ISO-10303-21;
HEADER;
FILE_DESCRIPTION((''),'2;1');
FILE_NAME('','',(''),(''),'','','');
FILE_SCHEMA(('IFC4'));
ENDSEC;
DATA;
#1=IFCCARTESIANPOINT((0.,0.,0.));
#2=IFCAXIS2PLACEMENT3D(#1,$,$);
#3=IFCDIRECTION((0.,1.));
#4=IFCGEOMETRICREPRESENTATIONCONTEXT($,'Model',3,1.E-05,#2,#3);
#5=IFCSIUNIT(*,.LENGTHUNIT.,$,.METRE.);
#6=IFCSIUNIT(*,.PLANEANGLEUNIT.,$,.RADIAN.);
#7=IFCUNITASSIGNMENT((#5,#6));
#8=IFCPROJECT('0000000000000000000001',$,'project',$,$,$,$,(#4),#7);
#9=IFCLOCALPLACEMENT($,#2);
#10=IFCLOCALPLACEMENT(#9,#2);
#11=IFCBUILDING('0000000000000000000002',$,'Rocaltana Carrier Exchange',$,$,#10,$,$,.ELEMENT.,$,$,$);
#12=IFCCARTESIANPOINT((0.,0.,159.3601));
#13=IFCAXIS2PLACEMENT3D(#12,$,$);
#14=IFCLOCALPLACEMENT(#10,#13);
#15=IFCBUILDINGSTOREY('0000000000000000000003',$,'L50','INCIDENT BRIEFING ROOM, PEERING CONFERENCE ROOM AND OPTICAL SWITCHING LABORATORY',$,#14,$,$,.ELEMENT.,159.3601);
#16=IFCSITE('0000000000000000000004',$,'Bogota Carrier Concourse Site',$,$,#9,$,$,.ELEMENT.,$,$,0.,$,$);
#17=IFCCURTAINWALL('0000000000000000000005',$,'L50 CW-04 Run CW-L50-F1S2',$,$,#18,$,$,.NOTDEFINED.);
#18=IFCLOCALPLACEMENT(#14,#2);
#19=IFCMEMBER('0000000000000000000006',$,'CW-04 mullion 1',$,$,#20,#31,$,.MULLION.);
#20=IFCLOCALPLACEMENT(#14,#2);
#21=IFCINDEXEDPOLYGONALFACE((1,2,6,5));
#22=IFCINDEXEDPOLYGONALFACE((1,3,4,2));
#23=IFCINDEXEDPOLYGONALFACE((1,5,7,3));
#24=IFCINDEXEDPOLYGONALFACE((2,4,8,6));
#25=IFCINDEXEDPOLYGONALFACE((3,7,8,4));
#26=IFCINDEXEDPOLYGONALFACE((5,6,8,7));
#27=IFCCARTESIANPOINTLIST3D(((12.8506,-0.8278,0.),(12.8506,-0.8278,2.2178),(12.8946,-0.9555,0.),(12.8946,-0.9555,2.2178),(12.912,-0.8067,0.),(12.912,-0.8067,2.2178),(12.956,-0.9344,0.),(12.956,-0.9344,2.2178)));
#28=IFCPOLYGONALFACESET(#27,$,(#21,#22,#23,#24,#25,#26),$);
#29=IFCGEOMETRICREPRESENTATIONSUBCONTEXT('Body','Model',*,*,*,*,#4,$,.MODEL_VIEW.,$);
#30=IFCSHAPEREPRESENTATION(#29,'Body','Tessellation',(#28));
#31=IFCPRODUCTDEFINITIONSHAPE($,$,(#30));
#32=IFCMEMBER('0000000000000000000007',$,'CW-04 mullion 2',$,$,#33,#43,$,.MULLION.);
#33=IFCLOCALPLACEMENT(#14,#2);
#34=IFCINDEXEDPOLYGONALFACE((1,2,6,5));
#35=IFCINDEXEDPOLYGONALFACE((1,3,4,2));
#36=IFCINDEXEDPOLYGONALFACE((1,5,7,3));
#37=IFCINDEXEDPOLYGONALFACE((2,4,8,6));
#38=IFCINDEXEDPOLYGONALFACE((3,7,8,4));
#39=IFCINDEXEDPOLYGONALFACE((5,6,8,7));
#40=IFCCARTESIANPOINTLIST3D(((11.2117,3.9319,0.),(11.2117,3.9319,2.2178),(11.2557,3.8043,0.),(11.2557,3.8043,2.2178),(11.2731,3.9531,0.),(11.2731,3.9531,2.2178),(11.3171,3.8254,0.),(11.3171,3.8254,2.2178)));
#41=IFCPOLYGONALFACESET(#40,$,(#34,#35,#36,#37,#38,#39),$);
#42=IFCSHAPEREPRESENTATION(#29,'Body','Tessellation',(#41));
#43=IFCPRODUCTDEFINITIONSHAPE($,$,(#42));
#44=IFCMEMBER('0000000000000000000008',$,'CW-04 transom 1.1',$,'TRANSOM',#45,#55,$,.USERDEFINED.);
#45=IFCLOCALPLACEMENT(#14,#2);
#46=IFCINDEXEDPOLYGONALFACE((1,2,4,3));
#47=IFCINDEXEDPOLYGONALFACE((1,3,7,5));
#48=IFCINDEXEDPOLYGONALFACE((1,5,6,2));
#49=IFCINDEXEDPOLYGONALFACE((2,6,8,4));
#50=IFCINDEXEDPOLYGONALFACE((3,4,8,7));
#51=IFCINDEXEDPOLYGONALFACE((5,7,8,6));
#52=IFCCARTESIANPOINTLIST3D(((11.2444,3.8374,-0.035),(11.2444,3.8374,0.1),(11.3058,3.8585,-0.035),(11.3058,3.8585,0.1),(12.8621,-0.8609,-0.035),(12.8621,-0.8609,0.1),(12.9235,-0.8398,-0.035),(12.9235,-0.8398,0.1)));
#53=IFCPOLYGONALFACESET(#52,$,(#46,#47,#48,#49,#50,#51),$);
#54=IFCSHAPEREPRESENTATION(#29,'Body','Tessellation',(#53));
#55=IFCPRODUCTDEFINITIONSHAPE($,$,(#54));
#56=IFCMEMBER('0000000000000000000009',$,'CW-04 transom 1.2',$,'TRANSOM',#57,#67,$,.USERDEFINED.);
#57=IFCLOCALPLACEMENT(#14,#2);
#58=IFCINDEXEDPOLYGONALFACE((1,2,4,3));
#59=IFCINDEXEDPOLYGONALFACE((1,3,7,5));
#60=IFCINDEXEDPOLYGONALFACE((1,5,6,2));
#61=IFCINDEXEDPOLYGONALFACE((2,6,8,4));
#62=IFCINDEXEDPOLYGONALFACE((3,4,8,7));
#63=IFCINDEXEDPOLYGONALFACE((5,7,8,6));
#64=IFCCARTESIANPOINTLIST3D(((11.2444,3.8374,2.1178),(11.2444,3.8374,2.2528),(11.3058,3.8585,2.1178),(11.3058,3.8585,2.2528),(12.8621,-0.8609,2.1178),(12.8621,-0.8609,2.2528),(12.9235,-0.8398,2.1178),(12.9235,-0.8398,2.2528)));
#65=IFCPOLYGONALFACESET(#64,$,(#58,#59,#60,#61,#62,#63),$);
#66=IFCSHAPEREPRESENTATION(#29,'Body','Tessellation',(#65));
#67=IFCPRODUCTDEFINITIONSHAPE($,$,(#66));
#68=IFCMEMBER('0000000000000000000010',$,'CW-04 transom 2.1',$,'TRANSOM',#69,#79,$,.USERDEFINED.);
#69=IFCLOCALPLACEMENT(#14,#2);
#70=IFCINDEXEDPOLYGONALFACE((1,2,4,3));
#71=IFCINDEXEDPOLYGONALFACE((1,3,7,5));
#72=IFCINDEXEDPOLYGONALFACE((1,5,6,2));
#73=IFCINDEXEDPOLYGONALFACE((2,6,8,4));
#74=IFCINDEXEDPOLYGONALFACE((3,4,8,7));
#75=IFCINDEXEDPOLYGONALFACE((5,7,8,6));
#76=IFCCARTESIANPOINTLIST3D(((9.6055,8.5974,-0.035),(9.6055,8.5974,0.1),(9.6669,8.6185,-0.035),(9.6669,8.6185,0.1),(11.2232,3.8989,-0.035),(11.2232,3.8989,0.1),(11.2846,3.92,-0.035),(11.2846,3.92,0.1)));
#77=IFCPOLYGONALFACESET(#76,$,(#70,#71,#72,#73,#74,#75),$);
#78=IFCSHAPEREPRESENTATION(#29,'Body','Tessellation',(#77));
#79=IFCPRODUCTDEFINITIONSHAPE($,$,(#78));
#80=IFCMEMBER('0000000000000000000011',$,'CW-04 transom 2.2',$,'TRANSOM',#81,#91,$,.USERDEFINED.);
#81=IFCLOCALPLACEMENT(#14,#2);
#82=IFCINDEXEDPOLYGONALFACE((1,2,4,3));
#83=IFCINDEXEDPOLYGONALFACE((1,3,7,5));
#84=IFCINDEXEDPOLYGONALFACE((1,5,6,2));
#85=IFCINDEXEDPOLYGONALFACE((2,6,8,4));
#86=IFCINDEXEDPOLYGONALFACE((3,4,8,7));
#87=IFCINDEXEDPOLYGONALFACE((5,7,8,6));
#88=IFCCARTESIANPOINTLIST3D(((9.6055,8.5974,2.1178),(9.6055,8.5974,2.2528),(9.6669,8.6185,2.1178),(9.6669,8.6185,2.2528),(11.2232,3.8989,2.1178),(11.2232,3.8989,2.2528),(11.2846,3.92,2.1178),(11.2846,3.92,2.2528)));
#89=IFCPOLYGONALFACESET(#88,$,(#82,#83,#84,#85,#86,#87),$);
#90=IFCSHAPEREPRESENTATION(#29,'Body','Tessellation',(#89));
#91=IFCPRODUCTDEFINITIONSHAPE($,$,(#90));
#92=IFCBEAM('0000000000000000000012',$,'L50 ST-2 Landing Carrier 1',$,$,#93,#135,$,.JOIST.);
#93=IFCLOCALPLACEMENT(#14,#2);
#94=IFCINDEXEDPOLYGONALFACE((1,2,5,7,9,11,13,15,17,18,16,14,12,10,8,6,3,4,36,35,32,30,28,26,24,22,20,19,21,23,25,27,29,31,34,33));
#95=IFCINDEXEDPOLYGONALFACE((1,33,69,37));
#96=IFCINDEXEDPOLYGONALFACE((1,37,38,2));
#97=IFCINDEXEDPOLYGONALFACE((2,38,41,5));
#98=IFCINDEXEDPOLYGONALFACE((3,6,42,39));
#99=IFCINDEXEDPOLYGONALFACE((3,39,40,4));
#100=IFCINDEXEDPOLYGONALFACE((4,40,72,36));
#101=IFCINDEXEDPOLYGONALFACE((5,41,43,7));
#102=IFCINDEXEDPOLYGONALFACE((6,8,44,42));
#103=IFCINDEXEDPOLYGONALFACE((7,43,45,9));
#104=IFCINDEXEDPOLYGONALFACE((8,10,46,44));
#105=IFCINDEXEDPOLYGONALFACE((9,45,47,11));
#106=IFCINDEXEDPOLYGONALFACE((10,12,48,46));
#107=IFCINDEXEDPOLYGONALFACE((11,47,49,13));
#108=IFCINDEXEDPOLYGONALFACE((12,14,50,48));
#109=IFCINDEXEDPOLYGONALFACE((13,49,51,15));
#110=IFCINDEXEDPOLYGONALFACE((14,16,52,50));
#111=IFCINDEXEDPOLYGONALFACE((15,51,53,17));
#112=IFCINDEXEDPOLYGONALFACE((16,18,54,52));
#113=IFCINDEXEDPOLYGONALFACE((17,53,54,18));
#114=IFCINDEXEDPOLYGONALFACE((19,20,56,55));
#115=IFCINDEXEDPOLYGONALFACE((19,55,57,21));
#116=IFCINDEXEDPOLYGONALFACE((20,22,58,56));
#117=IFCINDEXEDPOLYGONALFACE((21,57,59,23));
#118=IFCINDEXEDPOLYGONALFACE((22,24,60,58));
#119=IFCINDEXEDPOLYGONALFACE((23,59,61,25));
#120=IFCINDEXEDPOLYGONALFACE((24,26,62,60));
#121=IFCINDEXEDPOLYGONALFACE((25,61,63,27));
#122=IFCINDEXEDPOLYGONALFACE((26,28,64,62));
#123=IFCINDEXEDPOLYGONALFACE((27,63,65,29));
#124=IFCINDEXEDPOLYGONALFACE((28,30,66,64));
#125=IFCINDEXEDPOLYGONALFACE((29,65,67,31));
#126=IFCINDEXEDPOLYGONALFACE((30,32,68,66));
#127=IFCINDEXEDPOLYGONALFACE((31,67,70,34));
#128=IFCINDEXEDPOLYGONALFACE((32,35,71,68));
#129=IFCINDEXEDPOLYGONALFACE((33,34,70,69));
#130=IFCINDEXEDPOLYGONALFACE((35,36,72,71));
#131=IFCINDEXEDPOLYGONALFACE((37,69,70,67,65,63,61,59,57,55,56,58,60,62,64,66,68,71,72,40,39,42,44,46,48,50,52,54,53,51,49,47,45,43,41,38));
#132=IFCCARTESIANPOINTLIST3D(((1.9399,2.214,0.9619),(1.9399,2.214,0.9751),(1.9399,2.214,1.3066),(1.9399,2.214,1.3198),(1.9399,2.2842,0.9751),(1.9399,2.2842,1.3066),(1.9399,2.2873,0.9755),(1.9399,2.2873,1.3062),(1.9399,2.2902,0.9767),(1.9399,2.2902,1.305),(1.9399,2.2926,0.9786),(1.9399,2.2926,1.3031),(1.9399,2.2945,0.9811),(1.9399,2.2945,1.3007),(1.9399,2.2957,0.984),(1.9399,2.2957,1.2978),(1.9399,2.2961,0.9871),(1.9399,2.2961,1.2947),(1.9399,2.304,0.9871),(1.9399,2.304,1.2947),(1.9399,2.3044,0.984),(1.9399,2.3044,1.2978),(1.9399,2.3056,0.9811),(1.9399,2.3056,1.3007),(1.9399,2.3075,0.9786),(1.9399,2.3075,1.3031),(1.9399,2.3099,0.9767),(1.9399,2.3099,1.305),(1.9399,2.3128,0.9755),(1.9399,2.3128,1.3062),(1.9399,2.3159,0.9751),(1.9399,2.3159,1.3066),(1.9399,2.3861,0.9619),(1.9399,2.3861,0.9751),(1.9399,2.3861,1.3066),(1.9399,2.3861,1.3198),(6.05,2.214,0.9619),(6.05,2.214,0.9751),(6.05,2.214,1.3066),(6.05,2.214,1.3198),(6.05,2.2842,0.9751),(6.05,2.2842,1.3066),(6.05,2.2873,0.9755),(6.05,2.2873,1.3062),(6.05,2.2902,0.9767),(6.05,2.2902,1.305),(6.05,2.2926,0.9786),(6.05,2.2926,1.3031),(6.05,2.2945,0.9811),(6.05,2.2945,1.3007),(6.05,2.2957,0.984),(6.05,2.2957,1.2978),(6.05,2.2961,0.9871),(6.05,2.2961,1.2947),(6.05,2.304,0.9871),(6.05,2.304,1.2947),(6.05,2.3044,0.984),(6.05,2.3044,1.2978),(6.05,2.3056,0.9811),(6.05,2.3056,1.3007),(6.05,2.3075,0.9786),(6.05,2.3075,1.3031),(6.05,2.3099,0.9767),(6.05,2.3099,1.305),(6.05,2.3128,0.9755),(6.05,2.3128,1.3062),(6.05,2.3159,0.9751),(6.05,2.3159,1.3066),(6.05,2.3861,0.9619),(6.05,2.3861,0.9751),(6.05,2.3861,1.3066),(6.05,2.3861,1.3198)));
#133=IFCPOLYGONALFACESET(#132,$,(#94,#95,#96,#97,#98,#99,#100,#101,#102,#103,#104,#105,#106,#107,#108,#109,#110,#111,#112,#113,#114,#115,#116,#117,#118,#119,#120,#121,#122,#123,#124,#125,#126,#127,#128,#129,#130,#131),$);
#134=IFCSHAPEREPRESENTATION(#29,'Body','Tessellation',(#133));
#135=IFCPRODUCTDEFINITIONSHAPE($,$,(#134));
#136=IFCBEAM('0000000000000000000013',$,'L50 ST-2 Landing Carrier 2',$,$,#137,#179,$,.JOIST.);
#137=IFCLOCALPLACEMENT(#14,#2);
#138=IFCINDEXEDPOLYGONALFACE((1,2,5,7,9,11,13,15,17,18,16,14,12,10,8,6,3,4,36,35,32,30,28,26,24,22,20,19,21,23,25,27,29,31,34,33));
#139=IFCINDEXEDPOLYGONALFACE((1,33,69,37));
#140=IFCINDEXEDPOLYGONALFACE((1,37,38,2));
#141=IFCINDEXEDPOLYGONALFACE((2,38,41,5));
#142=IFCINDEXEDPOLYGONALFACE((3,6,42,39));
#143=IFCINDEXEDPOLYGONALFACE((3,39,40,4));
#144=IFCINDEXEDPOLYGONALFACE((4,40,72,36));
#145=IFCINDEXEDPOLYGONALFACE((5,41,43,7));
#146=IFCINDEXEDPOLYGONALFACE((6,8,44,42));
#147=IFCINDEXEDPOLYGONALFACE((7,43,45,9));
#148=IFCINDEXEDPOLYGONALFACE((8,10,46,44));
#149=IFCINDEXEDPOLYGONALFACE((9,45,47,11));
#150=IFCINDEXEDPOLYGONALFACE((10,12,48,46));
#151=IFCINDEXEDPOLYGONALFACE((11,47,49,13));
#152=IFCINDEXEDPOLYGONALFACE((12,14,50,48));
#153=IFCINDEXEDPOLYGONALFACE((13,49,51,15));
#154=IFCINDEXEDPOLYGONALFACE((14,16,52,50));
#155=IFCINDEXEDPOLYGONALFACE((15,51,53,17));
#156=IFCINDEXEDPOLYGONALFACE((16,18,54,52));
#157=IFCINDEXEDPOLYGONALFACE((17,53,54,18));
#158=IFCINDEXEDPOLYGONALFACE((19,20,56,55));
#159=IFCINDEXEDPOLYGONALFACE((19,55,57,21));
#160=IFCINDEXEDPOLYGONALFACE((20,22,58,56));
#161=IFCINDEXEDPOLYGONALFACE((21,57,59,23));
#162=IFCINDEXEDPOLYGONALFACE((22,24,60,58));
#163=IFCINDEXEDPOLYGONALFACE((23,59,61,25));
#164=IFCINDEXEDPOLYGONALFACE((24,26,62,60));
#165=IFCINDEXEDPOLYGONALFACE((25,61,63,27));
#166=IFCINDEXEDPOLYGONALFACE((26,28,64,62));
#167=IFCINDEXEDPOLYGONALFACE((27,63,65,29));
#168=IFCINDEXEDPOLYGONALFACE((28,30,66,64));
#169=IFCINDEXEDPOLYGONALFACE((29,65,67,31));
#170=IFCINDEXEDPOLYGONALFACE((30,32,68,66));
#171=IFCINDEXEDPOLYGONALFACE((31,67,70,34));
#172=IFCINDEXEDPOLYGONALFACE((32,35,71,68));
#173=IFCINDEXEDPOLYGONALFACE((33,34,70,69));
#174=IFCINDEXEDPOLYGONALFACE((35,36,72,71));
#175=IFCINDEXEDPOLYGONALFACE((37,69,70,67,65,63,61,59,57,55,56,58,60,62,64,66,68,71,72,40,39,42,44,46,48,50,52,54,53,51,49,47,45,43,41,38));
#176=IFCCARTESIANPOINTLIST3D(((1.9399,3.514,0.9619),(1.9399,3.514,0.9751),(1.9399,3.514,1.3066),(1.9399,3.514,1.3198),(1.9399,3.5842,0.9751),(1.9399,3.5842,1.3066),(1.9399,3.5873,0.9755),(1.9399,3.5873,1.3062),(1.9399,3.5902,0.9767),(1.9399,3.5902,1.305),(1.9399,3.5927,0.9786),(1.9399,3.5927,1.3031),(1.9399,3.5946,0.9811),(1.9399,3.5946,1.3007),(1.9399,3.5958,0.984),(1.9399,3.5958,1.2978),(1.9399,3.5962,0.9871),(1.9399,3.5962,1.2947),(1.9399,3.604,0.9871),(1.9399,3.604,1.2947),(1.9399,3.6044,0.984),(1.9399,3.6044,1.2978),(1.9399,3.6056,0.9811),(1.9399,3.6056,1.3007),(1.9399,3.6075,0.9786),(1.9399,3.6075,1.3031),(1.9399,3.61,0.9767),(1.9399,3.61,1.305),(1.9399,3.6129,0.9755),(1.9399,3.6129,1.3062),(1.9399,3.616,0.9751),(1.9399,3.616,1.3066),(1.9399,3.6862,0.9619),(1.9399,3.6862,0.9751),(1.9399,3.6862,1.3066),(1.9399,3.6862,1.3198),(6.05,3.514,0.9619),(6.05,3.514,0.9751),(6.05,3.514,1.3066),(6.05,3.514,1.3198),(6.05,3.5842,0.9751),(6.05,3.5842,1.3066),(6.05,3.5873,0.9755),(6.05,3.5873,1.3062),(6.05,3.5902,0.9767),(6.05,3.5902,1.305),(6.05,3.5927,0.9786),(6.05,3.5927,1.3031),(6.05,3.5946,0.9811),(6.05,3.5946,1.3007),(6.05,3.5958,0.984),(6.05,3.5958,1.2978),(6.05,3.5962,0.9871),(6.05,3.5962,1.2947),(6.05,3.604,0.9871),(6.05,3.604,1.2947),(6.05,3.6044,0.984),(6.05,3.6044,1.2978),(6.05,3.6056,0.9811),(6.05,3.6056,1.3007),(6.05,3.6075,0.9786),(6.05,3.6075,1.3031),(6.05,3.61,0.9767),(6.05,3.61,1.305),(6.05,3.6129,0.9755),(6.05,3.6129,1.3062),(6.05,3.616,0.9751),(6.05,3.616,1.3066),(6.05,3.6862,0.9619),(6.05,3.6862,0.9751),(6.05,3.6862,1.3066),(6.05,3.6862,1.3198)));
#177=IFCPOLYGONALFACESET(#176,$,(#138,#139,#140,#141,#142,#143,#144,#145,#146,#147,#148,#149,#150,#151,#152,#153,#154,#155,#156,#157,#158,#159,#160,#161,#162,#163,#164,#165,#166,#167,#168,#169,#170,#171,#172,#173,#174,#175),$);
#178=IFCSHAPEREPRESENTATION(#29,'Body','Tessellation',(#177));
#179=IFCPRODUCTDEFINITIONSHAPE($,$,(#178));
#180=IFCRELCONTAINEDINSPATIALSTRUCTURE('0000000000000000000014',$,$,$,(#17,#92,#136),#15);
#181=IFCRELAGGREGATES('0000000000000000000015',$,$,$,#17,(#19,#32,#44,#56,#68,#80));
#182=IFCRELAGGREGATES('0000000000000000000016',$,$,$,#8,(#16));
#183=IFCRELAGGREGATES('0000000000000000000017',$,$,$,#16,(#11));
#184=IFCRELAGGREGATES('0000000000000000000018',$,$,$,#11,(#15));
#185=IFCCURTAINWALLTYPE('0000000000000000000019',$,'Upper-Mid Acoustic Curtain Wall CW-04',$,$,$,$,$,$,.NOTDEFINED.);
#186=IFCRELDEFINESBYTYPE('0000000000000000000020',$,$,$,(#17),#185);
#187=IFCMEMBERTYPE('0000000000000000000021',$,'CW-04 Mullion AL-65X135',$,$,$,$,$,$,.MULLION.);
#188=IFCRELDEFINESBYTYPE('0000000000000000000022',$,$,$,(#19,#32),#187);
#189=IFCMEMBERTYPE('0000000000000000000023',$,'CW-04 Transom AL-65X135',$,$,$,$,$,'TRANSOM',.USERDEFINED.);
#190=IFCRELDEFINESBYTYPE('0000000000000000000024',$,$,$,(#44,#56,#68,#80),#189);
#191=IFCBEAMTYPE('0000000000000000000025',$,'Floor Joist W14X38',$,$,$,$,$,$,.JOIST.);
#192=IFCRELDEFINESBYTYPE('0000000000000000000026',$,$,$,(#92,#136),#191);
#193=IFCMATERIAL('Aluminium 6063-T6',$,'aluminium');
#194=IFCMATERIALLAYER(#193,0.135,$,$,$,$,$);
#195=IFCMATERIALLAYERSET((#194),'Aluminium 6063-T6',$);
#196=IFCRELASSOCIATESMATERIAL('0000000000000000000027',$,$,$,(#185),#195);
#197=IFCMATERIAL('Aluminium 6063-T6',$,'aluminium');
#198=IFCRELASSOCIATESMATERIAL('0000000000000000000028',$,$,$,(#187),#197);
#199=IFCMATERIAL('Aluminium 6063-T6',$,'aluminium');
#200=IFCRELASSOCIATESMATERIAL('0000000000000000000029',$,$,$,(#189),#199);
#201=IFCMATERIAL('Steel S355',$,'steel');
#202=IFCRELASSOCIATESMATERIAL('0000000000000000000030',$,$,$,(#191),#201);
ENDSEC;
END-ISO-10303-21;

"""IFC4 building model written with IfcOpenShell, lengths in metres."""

from ifc_helpers import new_model, si_unit, direction, frame, origin, origin_2d, place, context, subcontext, project, spatial, rectangle, i_section, extrude, material, layer, layer_set, material_profile, profile_set, type_object, element, aggregate, save


model = new_model("IFC4")

# Units and contexts
model_context = context("Model", 3, precision=1e-05, world=origin(), true_north=direction((0.0, 1.0)))
body_context = subcontext(model_context, "Body", "Model", "MODEL_VIEW")
ifc_project = project(units=[si_unit("LENGTHUNIT", "METRE"), si_unit("PLANEANGLEUNIT", "RADIAN")], contexts=[model_context])

# Site, building, storey
site_placement = place(None, origin())
site = spatial("IfcSite", under=ifc_project, at=site_placement, Name="Bogota Carrier Concourse Site", CompositionType="ELEMENT", RefElevation=0.0)
building_placement = place(site_placement, origin())
building = spatial("IfcBuilding", under=site, at=building_placement, Name="Rocaltana Carrier Exchange", CompositionType="ELEMENT")
storey_placement = place(building_placement, frame((0.0, 0.0, 159.3601)))
storey = spatial("IfcBuildingStorey", under=building, at=storey_placement, Name="L50", Description="INCIDENT BRIEFING ROOM, PEERING CONFERENCE ROOM AND OPTICAL SWITCHING LABORATORY", CompositionType="ELEMENT", Elevation=159.3601)

# Curtain wall, members
ifc_material_1 = material(Name="Aluminium 6063-T6", Category="aluminium")
ifc_layer_1 = layer(ifc_material_1, 0.135)
ifc_layer_set_1 = layer_set([ifc_layer_1], Name="Aluminium 6063-T6")
curtain_wall_type = type_object("IfcCurtainWallType", Name="Upper-Mid Acoustic Curtain Wall CW-04", PredefinedType="NOTDEFINED", material=ifc_layer_set_1)
curtain_wall_placement = place(storey_placement, origin())
curtain_wall = element("IfcCurtainWall", 1, at=curtain_wall_placement, inside=storey, type_object=curtain_wall_type, Name="L50 CW-04 Run CW-L50-F1S2", PredefinedType="NOTDEFINED")
ifc_material_2 = material(Name="Aluminium 6063-T6", Category="aluminium")
ifc_material_profile_1 = material_profile(ifc_material_2, rectangle(XDim=0.0649, YDim=0.135, at=origin_2d()), Name="AL-65X135")
ifc_profile_set_1 = profile_set([ifc_material_profile_1], Name="Aluminium 6063-T6")
member_type_1 = type_object("IfcMemberType", Name="CW-04 Mullion AL-65X135", PredefinedType="MULLION", material=ifc_profile_set_1)
member_1_placement = place(storey_placement, frame((12.9033, -0.8811, 0.0), z_axis=(0.0, 0.0, 1.0), x_axis=(-0.945521, -0.325562, 0.0)))
member_1 = element("IfcMember", 2, at=member_1_placement, type_object=member_type_1, Name="CW-04 mullion 1", PredefinedType="MULLION", context=body_context, shape_type="SweptSolid", body=[
    extrude(rectangle(XDim=0.0649, YDim=0.135, at=origin_2d()), origin(), (0.0, 0.0, 1.0), 2.2178),
])
member_2_placement = place(storey_placement, frame((11.2644, 3.8787, 0.0), z_axis=(0.0, 0.0, 1.0), x_axis=(-0.945521, -0.325562, 0.0)))
member_2 = element("IfcMember", 3, at=member_2_placement, type_object=member_type_1, Name="CW-04 mullion 2", PredefinedType="MULLION", context=body_context, shape_type="SweptSolid", body=[
    extrude(rectangle(XDim=0.0649, YDim=0.135, at=origin_2d()), origin(), (0.0, 0.0, 1.0), 2.2178),
])
ifc_material_3 = material(Name="Aluminium 6063-T6", Category="aluminium")
ifc_material_profile_2 = material_profile(ifc_material_3, rectangle(XDim=0.0649, YDim=0.135, at=origin_2d()), Name="AL-65X135")
ifc_profile_set_2 = profile_set([ifc_material_profile_2], Name="Aluminium 6063-T6")
member_type_2 = type_object("IfcMemberType", Name="CW-04 Transom AL-65X135", ElementType="TRANSOM", PredefinedType="USERDEFINED", material=ifc_profile_set_2)
member_3_placement = place(storey_placement, frame((12.8928, -0.8503, 0.0325), z_axis=(-0.325558, 0.945522, 0.0), x_axis=(-0.945522, -0.325558, 0.0)))
member_3 = element("IfcMember", 4, at=member_3_placement, type_object=member_type_2, Name="CW-04 transom 1.1", ObjectType="TRANSOM", PredefinedType="USERDEFINED", context=body_context, shape_type="SweptSolid", body=[
    extrude(rectangle(XDim=0.0649, YDim=0.135, at=origin_2d()), origin(), (0.0, 0.0, 1.0), 4.969),
])
member_4_placement = place(storey_placement, frame((12.8928, -0.8503, 2.1853), z_axis=(-0.325558, 0.945522, 0.0), x_axis=(-0.945522, -0.325558, 0.0)))
member_4 = element("IfcMember", 5, at=member_4_placement, type_object=member_type_2, Name="CW-04 transom 1.2", ObjectType="TRANSOM", PredefinedType="USERDEFINED", context=body_context, shape_type="SweptSolid", body=[
    extrude(rectangle(XDim=0.0649, YDim=0.135, at=origin_2d()), origin(), (0.0, 0.0, 1.0), 4.969),
])
member_5_placement = place(storey_placement, frame((11.2539, 3.9094, 0.0325), z_axis=(-0.325542, 0.945527, 0.0), x_axis=(-0.945527, -0.325542, 0.0)))
member_5 = element("IfcMember", 6, at=member_5_placement, type_object=member_type_2, Name="CW-04 transom 2.1", ObjectType="TRANSOM", PredefinedType="USERDEFINED", context=body_context, shape_type="SweptSolid", body=[
    extrude(rectangle(XDim=0.0649, YDim=0.135, at=origin_2d()), origin(), (0.0, 0.0, 1.0), 4.9692),
])
member_6_placement = place(storey_placement, frame((11.2539, 3.9094, 2.1853), z_axis=(-0.325542, 0.945527, 0.0), x_axis=(-0.945527, -0.325542, 0.0)))
member_6 = element("IfcMember", 7, at=member_6_placement, type_object=member_type_2, Name="CW-04 transom 2.2", ObjectType="TRANSOM", PredefinedType="USERDEFINED", context=body_context, shape_type="SweptSolid", body=[
    extrude(rectangle(XDim=0.0649, YDim=0.135, at=origin_2d()), origin(), (0.0, 0.0, 1.0), 4.9692),
])

# Beams
ifc_material_4 = material(Name="Steel S355", Category="steel")
ifc_material_profile_3 = material_profile(ifc_material_4, i_section(OverallWidth=0.1721, OverallDepth=0.3579, WebThickness=0.0078, FlangeThickness=0.0132, FilletRadius=0.012, at=origin_2d()), Name="W14X38")
ifc_profile_set_3 = profile_set([ifc_material_profile_3], Name="Steel S355")
beam_type_1 = type_object("IfcBeamType", Name="Floor Joist W14X38", PredefinedType="JOIST", material=ifc_profile_set_3)
for number, where, z_axis, x_axis, name in (
    (8, (1.9399, 2.3, 1.1409), (1.0, 0.0, 0.0), (0.0, 1.0, 0.0), "L50 ST-2 Landing Carrier 1"),
    (9, (1.9399, 3.6001, 1.1409), (1.0, 0.0, 0.0), (0.0, 1.0, 0.0), "L50 ST-2 Landing Carrier 2"),
):
    element("IfcBeam", number, at=place(storey_placement, frame(where, z_axis=z_axis, x_axis=x_axis)), inside=storey, type_object=beam_type_1, Name=name, PredefinedType="JOIST", context=body_context, shape_type="SweptSolid", body=[
        extrude(i_section(OverallWidth=0.1721, OverallDepth=0.3579, WebThickness=0.0078, FlangeThickness=0.0132, FilletRadius=0.012, at=origin_2d()), origin(), (0.0, 0.0, 1.0), 4.1101),
    ])

aggregate(curtain_wall, [member_1, member_2, member_3, member_4, member_5, member_6])

save(model, "model.ifc")
